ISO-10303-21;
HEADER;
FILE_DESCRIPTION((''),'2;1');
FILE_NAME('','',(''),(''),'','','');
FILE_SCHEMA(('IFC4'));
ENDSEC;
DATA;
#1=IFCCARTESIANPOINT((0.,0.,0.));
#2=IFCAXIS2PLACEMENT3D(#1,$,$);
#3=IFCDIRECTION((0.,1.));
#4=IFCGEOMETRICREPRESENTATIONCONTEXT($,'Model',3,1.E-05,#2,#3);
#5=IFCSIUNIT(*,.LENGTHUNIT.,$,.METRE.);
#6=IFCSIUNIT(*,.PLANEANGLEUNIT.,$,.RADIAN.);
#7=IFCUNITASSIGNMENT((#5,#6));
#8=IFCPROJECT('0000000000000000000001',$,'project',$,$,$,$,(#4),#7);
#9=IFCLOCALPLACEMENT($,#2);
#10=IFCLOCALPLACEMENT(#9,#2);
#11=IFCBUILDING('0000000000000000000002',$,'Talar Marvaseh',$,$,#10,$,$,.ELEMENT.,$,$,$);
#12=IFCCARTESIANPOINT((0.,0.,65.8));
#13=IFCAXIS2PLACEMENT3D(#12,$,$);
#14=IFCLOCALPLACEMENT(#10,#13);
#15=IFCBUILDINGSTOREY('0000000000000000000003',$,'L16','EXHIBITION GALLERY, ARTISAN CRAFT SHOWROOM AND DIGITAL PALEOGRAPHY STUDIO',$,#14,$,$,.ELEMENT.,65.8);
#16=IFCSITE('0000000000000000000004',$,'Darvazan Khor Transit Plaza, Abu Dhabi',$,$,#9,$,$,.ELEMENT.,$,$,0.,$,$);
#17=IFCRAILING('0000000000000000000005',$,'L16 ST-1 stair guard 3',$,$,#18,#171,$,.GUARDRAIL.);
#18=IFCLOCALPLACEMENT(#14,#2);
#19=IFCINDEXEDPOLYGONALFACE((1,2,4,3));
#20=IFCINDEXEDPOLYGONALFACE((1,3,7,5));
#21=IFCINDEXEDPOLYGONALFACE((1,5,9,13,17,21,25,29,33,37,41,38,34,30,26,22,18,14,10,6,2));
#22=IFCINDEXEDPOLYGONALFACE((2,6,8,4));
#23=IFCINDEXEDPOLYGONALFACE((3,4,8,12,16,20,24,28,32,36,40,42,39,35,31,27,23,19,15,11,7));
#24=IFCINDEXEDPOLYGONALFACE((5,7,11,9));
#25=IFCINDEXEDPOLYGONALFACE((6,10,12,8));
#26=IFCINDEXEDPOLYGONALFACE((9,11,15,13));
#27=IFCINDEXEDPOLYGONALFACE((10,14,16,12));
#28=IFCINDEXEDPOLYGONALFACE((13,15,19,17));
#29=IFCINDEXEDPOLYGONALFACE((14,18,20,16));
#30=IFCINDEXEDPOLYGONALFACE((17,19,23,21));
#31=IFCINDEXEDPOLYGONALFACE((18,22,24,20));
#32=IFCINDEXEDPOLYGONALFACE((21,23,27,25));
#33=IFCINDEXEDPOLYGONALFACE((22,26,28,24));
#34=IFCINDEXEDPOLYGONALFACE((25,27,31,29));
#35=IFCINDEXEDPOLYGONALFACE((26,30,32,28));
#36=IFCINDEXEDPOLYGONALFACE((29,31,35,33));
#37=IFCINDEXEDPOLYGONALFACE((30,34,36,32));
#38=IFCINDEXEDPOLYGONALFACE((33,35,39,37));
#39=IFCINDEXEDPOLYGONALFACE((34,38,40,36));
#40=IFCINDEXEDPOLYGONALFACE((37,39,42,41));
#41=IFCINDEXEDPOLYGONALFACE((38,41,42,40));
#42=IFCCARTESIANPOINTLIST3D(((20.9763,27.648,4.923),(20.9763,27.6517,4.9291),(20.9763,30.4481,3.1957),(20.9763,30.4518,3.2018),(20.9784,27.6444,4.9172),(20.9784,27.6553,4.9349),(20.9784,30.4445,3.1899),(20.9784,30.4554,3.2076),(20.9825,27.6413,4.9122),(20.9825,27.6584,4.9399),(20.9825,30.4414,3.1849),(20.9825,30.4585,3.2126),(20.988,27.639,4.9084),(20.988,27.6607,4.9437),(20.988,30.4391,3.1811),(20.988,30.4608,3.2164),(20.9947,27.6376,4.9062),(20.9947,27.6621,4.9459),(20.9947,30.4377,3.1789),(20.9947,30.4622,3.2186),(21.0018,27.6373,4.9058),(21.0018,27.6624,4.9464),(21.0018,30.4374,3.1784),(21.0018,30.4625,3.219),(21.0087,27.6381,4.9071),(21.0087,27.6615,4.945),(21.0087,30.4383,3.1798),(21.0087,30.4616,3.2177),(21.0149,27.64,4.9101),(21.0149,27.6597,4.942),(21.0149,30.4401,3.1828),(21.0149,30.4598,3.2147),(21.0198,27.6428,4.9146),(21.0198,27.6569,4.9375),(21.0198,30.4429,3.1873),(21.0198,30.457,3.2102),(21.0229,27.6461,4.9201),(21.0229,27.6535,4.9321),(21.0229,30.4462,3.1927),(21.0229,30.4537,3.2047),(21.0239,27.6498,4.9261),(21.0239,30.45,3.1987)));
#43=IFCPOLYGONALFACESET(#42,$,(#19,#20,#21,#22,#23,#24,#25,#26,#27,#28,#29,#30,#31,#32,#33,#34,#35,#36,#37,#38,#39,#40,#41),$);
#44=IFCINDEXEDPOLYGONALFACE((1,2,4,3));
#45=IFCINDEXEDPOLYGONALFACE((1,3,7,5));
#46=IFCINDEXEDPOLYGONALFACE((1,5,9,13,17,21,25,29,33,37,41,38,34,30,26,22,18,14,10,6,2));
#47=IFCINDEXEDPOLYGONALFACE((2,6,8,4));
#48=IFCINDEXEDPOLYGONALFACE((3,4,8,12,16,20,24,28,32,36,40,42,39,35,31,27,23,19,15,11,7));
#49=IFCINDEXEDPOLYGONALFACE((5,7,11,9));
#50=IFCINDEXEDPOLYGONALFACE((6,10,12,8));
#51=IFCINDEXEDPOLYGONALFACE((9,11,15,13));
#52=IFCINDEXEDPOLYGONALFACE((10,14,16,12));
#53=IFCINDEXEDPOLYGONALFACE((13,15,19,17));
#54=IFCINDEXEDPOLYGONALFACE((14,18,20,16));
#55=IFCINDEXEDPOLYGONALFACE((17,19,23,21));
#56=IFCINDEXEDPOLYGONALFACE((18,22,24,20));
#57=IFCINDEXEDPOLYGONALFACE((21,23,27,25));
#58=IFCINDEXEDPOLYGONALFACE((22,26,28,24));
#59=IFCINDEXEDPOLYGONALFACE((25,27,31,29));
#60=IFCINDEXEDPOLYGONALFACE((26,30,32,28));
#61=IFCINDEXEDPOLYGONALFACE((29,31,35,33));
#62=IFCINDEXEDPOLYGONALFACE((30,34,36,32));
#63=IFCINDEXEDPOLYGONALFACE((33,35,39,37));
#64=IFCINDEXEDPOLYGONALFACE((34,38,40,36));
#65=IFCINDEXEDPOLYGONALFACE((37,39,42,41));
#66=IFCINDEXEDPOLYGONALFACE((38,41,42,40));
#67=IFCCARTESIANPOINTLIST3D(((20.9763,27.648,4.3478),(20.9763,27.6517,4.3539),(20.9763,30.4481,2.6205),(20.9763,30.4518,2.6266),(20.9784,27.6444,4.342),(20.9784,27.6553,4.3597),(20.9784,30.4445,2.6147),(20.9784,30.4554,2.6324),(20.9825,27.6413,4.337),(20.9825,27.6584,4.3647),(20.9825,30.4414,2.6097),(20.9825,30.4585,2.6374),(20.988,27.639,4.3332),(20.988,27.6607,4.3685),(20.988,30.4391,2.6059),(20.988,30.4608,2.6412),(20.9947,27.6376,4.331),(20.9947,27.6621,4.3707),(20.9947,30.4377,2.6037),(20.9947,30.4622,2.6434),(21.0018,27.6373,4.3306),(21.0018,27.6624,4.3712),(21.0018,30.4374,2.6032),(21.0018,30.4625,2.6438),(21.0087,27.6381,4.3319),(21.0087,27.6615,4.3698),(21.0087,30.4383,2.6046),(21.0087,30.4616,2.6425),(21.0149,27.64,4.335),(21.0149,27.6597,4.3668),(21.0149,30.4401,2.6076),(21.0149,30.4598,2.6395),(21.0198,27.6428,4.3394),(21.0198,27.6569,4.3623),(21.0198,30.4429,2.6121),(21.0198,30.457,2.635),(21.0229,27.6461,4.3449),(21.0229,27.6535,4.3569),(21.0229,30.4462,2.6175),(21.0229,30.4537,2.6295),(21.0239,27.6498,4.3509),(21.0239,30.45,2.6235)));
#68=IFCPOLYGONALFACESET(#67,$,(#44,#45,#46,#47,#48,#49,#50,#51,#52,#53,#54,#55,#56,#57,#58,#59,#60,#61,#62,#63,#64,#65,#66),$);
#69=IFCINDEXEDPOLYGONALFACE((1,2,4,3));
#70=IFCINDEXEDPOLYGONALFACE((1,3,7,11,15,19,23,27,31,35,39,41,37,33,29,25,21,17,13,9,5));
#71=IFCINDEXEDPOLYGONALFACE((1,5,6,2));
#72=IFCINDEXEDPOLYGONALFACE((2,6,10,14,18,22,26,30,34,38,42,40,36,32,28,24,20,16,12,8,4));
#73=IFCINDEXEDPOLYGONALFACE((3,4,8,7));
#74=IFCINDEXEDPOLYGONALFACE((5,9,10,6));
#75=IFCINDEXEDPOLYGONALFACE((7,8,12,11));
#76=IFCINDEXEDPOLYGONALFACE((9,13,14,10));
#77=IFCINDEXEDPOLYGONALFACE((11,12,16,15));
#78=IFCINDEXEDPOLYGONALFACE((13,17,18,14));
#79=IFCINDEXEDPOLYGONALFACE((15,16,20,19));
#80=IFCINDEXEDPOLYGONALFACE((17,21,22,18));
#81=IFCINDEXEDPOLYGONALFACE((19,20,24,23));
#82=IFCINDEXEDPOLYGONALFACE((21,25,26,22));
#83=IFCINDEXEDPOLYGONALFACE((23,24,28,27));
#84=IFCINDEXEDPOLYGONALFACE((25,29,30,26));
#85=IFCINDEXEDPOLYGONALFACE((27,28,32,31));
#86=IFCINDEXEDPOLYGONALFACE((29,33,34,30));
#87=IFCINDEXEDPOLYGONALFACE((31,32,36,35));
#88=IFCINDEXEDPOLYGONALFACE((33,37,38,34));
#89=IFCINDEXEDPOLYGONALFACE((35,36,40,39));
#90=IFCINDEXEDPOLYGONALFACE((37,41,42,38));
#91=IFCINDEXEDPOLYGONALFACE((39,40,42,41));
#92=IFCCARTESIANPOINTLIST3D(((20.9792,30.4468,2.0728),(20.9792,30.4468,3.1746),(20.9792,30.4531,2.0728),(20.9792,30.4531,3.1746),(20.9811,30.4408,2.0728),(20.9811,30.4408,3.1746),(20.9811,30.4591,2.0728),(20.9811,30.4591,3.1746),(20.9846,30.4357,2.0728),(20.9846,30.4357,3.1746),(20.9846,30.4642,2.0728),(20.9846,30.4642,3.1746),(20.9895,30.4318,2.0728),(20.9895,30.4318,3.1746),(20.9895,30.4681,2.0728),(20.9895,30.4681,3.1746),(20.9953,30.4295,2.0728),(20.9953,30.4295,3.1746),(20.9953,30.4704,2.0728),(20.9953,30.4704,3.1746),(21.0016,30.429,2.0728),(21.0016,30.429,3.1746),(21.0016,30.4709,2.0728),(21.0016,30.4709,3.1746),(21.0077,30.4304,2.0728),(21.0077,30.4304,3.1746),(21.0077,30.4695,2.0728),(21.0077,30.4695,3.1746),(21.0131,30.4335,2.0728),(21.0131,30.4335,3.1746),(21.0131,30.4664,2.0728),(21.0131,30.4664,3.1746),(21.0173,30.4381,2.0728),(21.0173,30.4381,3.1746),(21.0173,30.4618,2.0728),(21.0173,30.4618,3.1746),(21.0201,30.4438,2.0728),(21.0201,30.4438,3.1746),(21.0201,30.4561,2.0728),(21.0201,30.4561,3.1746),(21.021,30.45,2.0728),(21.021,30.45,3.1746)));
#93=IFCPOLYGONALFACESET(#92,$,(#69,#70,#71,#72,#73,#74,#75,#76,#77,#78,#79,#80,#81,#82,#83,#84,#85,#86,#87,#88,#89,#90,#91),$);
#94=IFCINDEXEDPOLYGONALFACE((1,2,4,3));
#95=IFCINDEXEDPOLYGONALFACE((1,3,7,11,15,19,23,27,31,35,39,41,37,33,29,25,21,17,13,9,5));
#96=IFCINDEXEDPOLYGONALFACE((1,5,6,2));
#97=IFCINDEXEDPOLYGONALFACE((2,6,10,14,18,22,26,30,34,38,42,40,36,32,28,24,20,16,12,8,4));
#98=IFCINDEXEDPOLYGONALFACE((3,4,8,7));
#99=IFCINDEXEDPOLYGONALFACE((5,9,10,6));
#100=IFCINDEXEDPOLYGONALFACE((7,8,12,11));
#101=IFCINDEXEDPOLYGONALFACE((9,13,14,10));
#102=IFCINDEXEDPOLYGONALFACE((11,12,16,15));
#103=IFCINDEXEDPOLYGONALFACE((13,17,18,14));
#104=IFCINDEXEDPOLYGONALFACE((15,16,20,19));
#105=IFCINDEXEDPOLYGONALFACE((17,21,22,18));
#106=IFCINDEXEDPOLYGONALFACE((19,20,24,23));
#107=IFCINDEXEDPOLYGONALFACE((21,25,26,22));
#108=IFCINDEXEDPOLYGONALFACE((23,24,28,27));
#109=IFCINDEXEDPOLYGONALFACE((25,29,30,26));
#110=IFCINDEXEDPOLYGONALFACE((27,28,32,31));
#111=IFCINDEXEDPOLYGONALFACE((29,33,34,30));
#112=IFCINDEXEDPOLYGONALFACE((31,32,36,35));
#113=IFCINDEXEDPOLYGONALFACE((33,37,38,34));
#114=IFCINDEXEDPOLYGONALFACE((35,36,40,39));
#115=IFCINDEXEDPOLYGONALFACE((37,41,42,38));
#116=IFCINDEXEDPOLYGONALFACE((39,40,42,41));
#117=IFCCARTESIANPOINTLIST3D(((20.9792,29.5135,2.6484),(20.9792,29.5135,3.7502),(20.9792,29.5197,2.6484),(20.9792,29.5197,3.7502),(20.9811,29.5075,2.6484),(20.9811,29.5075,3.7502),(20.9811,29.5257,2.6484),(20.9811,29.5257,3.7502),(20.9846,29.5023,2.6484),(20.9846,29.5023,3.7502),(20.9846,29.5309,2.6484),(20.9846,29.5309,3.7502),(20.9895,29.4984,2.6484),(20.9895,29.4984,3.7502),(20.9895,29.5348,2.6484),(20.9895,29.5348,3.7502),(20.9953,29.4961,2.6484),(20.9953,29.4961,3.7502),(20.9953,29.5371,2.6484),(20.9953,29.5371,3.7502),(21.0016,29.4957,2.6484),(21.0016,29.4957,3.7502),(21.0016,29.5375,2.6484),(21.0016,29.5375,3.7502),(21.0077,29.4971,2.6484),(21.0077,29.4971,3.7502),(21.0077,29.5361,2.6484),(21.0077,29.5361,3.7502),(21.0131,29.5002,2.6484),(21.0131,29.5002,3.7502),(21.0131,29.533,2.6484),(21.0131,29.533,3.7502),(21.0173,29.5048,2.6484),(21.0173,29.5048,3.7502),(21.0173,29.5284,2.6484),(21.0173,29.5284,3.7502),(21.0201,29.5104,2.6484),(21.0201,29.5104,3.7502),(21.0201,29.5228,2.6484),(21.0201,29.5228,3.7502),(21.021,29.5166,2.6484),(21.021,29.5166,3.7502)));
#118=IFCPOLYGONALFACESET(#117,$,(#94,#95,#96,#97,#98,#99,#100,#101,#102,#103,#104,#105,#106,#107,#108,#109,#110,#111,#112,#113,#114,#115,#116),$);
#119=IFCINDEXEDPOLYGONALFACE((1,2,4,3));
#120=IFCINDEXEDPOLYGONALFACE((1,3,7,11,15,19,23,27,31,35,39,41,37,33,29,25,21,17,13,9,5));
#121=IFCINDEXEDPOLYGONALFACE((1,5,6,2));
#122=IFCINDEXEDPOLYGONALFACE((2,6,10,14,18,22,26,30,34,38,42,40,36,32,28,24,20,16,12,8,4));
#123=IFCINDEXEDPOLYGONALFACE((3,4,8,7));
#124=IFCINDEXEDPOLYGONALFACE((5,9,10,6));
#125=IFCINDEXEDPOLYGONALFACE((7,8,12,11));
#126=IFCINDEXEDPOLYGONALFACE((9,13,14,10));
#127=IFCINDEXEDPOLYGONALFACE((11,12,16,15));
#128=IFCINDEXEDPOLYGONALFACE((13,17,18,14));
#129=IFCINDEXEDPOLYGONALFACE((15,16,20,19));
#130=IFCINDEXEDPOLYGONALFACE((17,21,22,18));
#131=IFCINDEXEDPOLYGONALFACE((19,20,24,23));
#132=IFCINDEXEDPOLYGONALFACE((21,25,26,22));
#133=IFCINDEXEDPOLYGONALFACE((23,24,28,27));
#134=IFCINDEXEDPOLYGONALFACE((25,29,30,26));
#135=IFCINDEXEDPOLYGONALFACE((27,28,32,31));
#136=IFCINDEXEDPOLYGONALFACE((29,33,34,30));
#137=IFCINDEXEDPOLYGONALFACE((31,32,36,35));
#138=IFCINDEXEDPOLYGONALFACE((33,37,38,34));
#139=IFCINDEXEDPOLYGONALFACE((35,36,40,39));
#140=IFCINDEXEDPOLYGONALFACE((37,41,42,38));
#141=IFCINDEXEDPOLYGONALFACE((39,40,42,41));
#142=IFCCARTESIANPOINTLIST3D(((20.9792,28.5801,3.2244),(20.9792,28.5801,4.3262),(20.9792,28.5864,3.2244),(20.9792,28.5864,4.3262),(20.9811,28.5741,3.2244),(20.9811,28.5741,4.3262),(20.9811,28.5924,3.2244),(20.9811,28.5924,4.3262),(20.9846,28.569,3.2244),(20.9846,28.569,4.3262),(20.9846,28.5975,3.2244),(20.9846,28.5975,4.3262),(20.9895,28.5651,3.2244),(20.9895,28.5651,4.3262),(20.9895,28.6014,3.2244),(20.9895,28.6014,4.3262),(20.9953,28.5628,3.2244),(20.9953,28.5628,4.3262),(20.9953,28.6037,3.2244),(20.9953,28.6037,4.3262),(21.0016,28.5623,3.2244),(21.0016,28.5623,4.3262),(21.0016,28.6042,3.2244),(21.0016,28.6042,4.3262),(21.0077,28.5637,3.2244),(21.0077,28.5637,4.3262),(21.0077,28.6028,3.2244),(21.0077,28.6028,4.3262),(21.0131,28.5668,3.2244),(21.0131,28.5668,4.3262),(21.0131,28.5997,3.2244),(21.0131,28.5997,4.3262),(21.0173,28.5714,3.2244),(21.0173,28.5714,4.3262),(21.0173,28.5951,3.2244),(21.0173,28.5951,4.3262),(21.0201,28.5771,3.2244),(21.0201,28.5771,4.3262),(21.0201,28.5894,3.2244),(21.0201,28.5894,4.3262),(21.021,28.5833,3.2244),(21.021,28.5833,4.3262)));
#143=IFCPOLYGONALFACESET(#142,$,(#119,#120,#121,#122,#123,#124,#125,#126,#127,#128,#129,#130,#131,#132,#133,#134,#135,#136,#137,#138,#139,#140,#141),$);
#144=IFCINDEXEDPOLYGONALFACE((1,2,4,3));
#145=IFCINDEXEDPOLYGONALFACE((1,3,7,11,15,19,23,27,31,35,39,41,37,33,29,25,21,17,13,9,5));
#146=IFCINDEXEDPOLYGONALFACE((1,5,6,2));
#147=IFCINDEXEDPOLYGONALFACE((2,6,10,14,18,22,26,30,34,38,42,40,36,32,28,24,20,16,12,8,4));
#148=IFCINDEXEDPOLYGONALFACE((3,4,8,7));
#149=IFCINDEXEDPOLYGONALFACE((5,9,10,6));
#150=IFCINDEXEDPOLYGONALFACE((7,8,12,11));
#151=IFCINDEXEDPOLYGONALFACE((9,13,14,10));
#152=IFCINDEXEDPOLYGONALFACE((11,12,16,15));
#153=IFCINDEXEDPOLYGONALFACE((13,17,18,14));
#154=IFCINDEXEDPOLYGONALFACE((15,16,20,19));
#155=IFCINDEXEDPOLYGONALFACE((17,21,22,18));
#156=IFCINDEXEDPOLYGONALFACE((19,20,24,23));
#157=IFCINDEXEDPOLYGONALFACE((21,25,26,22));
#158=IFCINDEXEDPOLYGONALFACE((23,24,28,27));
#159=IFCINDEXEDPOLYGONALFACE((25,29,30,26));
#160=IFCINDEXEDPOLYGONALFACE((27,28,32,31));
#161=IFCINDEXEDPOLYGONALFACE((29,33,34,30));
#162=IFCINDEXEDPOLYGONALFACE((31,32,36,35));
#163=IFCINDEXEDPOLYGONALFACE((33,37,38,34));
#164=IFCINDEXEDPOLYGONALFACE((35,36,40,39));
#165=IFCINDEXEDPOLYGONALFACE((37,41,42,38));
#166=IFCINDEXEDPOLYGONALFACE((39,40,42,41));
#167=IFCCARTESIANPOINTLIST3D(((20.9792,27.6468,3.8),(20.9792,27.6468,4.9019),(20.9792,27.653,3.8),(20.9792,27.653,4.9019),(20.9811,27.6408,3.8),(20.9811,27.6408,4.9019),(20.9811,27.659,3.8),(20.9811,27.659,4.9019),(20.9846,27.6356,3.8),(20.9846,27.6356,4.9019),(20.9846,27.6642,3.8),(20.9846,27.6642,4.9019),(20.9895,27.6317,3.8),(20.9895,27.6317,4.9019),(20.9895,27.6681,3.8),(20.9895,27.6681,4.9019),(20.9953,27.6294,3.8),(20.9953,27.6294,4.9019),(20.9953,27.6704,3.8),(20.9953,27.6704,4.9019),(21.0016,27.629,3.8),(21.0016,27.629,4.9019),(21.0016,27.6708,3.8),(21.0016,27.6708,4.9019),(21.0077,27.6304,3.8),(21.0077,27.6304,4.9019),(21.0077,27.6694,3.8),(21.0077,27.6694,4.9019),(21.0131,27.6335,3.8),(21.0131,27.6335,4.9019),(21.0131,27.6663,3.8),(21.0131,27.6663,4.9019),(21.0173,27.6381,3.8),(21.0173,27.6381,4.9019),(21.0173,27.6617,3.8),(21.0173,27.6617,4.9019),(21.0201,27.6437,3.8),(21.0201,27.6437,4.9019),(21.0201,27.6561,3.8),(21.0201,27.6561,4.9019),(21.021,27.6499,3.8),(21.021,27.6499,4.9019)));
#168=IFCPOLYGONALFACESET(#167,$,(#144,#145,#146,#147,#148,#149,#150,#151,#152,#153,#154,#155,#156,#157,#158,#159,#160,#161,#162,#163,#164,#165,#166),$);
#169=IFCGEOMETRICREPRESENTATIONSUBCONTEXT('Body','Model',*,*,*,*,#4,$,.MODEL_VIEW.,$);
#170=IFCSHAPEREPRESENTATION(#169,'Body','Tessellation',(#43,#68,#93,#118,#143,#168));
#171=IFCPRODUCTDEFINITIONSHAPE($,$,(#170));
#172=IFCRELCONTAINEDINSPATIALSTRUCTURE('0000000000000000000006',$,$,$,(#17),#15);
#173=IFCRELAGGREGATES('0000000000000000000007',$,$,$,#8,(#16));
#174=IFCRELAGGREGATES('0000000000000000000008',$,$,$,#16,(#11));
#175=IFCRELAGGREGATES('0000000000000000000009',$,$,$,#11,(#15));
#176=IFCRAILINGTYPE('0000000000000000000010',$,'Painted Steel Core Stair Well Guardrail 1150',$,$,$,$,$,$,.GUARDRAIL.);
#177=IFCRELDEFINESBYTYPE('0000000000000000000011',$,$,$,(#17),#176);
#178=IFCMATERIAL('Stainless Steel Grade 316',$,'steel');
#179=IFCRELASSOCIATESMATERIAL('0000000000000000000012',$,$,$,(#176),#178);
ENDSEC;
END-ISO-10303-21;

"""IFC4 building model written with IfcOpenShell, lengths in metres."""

from ifc_helpers import new_model, si_unit, direction, frame, origin, origin_2d, place, context, subcontext, project, spatial, circle, extrude, material, type_object, element, save


model = new_model("IFC4")

# Units and contexts
model_context = context("Model", 3, precision=1e-05, world=origin(), true_north=direction((0.0, 1.0)))
body_context = subcontext(model_context, "Body", "Model", "MODEL_VIEW")
ifc_project = project(units=[si_unit("LENGTHUNIT", "METRE"), si_unit("PLANEANGLEUNIT", "RADIAN")], contexts=[model_context])

# Site, building, storey
site_placement = place(None, origin())
site = spatial("IfcSite", under=ifc_project, at=site_placement, Name="Darvazan Khor Transit Plaza, Abu Dhabi", CompositionType="ELEMENT", RefElevation=0.0)
building_placement = place(site_placement, origin())
building = spatial("IfcBuilding", under=site, at=building_placement, Name="Talar Marvaseh", CompositionType="ELEMENT")
storey_placement = place(building_placement, frame((0.0, 0.0, 65.8)))
storey = spatial("IfcBuildingStorey", under=building, at=storey_placement, Name="L16", Description="EXHIBITION GALLERY, ARTISAN CRAFT SHOWROOM AND DIGITAL PALEOGRAPHY STUDIO", CompositionType="ELEMENT", Elevation=65.8)

# Railing
ifc_material_1 = material(Name="Stainless Steel Grade 316", Category="steel")
railing_type_1 = type_object("IfcRailingType", Name="Painted Steel Core Stair Well Guardrail 1150", PredefinedType="GUARDRAIL", material=ifc_material_1)
railing_1_placement = place(storey_placement, frame((21.0, 30.45, 2.0728)))
element("IfcRailing", 1, at=railing_1_placement, inside=storey, type_object=railing_type_1, Name="L16 ST-1 stair guard 3", PredefinedType="GUARDRAIL", context=body_context, shape_type="SweptSolid", body=[
    extrude(circle(Radius=0.0239, at=origin_2d()), frame((0.0, 0.0, 1.126), z_axis=(0.0, -0.85109, 0.52502), x_axis=(1.0, 0.0, 0.0)), (0.0, 0.0, 1.0), 3.29),
    extrude(circle(Radius=0.0239, at=origin_2d()), frame((0.0, 0.0, 0.5508), z_axis=(0.0, -0.85109, 0.52502), x_axis=(1.0, 0.0, 0.0)), (0.0, 0.0, 1.0), 3.29),
    extrude(circle(Radius=0.021, at=origin_2d()), origin(), (0.0, 0.0, 1.0), 1.1018),
    extrude(circle(Radius=0.021, at=origin_2d()), frame((0.0, -0.9333, 0.5757)), (0.0, 0.0, 1.0), 1.1018),
    extrude(circle(Radius=0.021, at=origin_2d()), frame((0.0, -1.8667, 1.1516)), (0.0, 0.0, 1.0), 1.1018),
    extrude(circle(Radius=0.021, at=origin_2d()), frame((0.0, -2.8, 1.7273)), (0.0, 0.0, 1.0), 1.1018),
])

save(model, "model.ifc")
